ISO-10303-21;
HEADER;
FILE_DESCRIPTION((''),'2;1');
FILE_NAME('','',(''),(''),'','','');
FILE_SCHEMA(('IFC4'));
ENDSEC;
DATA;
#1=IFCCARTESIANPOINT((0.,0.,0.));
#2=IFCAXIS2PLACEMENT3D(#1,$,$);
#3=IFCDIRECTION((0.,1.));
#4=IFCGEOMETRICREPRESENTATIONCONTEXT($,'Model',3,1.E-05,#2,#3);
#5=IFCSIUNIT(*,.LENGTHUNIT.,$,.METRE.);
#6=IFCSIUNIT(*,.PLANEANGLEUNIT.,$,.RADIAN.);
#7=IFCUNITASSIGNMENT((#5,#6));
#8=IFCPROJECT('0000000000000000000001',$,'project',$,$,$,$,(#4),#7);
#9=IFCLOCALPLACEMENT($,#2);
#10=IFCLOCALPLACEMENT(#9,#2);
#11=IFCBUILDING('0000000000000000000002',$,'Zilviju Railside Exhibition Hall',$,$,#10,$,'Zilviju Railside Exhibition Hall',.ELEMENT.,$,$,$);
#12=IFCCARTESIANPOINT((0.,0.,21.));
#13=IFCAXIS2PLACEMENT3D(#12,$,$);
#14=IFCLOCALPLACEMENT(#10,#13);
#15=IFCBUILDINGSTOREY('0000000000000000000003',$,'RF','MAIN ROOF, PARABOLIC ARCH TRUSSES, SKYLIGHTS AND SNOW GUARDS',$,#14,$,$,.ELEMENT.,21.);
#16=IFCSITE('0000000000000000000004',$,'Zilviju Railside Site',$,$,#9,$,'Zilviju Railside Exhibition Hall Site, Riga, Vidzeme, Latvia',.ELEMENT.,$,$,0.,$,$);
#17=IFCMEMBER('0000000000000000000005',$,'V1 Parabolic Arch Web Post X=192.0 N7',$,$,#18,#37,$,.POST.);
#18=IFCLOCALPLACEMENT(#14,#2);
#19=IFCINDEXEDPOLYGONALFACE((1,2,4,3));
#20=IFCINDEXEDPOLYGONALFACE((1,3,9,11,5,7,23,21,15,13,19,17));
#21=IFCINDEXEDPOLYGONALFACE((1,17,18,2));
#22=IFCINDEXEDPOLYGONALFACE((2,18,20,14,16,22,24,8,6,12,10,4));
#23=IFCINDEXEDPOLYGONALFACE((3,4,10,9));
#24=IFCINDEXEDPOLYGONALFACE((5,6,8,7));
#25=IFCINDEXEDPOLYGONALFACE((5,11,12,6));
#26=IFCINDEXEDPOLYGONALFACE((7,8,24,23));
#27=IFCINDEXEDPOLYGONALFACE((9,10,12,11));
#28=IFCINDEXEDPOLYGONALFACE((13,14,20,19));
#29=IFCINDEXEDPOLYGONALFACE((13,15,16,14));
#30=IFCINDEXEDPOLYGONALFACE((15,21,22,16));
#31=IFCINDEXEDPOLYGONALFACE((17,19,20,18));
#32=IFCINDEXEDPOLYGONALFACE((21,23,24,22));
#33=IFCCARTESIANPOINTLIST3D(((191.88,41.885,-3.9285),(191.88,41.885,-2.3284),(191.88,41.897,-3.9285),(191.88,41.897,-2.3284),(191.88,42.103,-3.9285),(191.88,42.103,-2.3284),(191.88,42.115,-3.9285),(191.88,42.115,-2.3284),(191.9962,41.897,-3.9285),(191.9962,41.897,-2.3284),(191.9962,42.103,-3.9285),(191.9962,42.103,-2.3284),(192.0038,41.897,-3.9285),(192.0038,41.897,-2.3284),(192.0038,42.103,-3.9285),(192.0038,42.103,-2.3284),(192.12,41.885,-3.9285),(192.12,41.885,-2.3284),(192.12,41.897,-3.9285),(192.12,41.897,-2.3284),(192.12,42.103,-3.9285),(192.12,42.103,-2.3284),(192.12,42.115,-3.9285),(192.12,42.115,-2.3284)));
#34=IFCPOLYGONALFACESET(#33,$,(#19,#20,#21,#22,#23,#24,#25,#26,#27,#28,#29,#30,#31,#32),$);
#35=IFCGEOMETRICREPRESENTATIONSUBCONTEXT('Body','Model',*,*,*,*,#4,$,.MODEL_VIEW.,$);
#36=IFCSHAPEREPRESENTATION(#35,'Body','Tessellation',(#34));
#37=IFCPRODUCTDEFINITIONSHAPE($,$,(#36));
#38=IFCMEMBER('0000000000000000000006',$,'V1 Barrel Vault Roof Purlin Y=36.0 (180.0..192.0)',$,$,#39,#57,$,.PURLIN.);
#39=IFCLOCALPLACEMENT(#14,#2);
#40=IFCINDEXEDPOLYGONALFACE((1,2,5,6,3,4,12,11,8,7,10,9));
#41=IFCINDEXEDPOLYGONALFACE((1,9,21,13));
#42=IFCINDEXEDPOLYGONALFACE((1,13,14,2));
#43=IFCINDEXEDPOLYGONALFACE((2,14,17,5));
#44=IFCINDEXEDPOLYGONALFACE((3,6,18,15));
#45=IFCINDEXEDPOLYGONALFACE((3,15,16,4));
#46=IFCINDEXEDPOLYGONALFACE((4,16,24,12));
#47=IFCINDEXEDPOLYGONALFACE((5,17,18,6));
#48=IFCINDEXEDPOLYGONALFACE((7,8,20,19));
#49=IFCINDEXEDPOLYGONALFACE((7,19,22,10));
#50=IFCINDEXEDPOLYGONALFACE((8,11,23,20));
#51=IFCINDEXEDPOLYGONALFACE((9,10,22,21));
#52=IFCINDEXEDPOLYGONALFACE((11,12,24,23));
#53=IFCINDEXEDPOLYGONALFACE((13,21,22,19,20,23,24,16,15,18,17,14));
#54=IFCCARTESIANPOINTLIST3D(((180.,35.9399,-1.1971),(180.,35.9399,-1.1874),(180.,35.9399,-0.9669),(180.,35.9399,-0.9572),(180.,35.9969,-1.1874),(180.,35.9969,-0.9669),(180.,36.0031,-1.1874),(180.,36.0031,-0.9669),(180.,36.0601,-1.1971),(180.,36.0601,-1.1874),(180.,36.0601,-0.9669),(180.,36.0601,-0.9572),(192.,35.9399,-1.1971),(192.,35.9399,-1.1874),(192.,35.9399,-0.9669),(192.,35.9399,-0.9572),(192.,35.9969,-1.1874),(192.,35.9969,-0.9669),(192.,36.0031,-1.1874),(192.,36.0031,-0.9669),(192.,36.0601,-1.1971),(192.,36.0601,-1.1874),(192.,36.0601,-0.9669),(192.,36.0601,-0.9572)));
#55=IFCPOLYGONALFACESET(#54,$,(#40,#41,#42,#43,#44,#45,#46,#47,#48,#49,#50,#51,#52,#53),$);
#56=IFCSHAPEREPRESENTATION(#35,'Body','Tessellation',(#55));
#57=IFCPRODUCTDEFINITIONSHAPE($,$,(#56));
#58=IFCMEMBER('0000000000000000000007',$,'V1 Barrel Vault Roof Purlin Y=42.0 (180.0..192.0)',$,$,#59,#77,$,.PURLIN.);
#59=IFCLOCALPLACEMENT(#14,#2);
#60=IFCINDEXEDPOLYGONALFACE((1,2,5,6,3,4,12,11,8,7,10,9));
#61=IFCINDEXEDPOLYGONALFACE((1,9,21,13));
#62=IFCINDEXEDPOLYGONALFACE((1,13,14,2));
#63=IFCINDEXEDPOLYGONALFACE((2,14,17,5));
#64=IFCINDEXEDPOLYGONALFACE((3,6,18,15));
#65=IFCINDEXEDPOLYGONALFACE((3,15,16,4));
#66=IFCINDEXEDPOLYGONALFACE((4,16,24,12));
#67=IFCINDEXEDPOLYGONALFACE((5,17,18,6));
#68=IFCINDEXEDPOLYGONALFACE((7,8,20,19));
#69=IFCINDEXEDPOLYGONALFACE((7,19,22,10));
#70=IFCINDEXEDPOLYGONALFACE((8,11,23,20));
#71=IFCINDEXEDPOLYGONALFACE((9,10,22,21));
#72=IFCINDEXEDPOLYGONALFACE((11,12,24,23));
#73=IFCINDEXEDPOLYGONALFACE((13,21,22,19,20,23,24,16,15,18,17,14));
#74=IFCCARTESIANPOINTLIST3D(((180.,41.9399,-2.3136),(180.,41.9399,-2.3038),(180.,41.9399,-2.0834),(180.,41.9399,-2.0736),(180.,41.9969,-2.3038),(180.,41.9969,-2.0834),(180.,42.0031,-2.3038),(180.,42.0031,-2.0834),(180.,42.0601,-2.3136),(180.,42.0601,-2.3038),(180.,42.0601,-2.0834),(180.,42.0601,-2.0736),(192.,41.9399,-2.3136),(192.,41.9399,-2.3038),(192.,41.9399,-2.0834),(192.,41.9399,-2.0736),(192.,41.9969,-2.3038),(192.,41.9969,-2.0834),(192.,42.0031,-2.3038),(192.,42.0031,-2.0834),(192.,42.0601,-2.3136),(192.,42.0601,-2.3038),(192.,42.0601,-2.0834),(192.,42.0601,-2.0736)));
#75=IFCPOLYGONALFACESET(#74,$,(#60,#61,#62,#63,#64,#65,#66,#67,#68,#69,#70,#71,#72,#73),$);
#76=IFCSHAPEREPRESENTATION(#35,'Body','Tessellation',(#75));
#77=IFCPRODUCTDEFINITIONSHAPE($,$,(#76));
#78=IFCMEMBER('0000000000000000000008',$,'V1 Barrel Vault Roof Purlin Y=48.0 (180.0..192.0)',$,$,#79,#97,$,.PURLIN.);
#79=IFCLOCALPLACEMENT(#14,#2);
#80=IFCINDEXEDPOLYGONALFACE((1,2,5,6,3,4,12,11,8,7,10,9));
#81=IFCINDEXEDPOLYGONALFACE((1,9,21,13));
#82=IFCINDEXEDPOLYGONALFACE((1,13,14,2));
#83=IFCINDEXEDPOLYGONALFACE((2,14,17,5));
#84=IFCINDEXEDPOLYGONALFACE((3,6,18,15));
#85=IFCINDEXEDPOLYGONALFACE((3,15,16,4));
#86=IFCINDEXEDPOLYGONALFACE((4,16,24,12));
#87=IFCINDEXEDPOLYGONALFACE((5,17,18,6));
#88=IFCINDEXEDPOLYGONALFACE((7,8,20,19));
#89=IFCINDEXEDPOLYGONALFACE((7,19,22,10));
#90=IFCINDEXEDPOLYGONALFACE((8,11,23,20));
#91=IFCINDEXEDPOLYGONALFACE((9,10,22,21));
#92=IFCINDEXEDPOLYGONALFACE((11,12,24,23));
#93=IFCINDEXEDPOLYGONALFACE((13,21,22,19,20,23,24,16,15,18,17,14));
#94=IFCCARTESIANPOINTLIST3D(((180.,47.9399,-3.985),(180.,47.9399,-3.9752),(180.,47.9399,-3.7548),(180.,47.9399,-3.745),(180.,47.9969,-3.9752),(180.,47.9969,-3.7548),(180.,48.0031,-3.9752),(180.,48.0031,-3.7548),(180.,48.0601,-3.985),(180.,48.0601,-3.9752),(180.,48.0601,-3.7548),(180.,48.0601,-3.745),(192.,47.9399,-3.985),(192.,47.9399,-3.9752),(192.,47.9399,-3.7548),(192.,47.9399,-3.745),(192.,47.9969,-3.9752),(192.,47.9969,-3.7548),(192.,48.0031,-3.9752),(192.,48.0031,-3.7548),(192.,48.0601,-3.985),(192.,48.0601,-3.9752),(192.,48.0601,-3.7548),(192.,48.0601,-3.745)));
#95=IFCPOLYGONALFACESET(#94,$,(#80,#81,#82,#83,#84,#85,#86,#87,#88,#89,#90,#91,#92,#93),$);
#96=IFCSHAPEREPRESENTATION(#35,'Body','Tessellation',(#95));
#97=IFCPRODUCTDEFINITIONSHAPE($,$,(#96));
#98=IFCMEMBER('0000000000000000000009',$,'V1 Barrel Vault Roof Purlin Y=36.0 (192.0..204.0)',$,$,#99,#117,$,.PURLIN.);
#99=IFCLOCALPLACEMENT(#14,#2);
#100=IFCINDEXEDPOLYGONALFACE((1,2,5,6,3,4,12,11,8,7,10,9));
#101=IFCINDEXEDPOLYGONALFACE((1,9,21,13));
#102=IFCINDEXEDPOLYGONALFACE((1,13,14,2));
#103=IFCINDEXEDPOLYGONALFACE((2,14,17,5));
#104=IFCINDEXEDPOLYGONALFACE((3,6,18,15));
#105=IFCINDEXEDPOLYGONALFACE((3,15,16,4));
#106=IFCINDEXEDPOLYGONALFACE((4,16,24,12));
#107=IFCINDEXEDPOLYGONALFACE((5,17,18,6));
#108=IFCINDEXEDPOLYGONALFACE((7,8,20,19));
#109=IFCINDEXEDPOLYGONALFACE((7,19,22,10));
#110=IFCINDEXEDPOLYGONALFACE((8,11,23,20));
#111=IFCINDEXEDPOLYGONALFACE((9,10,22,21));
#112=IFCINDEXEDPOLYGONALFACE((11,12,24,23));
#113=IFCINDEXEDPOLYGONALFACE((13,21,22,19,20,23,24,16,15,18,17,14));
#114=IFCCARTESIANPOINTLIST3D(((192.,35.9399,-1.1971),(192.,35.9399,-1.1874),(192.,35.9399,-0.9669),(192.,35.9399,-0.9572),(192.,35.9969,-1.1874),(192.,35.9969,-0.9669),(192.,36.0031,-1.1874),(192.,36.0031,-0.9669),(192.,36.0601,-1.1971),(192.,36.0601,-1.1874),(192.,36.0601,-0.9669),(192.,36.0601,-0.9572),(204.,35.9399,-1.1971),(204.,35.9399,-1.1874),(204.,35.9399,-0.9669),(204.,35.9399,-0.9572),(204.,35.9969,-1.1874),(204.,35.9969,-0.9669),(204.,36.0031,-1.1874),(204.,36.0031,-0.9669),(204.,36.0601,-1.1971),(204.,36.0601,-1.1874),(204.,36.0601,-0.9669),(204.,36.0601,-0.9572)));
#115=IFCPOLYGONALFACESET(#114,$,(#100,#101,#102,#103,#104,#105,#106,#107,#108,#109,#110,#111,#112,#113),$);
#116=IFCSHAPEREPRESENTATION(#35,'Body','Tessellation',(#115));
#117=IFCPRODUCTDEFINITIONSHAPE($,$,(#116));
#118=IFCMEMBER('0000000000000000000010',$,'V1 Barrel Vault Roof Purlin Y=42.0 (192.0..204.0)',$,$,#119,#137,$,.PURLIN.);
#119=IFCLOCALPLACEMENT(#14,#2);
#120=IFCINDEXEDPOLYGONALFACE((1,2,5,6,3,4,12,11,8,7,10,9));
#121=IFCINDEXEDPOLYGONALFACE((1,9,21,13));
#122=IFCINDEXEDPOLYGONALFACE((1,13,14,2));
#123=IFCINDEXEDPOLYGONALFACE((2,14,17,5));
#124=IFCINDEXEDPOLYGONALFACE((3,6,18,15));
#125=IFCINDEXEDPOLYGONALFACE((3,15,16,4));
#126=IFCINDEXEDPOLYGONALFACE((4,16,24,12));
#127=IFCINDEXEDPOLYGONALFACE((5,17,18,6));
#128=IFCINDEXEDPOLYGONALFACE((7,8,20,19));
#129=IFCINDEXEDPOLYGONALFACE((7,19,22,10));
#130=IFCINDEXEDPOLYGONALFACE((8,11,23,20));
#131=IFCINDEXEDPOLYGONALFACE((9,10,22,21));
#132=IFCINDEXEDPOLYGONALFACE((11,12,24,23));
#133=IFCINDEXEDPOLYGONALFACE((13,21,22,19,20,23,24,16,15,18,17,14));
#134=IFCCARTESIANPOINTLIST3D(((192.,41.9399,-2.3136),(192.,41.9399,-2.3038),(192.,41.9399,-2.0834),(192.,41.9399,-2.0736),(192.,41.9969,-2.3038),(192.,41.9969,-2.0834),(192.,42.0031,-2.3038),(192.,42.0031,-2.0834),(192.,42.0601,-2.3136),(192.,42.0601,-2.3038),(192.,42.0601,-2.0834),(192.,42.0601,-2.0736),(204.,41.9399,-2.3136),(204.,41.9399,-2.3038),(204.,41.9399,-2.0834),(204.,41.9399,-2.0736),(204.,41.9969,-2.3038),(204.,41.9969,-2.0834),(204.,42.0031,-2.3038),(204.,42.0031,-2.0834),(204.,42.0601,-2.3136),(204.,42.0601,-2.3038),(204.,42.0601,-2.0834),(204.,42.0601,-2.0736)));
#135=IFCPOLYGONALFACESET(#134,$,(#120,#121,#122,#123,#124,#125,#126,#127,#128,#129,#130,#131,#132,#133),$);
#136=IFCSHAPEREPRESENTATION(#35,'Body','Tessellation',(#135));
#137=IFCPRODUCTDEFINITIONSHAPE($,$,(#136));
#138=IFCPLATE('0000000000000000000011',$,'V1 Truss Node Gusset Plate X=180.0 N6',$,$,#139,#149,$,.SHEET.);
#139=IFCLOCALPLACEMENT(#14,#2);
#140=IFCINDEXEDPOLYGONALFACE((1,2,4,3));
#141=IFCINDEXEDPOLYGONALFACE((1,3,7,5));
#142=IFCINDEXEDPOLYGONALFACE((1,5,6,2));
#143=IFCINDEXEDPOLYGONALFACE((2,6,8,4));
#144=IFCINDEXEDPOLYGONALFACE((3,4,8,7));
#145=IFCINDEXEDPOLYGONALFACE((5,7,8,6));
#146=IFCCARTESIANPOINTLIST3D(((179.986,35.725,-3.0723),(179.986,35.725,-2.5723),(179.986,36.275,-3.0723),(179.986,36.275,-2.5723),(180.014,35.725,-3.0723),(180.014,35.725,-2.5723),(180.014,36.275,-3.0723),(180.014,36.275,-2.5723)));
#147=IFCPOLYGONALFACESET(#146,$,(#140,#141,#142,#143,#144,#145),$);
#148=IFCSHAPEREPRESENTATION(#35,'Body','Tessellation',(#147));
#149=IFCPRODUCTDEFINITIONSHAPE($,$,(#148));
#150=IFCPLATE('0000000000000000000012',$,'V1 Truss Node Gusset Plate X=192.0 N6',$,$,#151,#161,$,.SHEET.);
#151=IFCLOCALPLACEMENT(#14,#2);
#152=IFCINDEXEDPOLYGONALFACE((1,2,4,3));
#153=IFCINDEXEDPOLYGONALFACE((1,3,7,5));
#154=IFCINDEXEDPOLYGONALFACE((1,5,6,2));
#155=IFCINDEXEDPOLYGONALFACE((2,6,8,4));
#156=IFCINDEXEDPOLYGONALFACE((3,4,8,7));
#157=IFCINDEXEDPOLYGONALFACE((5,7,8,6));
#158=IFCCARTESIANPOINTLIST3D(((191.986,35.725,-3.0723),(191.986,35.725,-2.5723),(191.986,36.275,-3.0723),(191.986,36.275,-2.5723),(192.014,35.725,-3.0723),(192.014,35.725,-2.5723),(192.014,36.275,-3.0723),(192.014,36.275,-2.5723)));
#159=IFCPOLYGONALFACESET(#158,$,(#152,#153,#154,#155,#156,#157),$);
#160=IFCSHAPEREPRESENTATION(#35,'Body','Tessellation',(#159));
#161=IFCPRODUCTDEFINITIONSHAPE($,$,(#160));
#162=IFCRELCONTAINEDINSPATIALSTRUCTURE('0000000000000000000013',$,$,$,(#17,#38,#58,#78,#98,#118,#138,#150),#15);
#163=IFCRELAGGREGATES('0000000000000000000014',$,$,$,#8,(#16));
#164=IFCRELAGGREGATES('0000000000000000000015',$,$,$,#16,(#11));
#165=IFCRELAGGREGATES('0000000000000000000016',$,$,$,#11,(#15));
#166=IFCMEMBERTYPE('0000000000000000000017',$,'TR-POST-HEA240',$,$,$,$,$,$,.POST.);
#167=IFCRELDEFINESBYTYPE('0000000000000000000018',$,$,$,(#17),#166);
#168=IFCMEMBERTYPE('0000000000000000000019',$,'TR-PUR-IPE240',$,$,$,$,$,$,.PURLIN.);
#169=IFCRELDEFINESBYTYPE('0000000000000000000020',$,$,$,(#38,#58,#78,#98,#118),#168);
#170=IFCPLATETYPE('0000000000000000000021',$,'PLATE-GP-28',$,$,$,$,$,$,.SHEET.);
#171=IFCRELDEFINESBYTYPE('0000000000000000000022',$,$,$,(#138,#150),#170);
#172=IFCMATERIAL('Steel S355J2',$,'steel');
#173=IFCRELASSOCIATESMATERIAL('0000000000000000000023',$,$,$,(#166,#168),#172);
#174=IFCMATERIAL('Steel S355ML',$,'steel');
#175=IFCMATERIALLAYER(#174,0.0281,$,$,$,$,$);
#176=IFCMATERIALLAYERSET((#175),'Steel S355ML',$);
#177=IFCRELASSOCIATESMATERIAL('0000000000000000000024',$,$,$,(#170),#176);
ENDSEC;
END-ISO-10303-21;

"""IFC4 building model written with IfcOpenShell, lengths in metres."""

from ifc_helpers import new_model, si_unit, direction, frame, origin, origin_2d, place, context, subcontext, project, spatial, rectangle, i_section, extrude, material, layer, layer_set, material_profile, profile_set, type_object, element, save


model = new_model("IFC4")

# Units and contexts
model_context = context("Model", 3, precision=1e-05, world=origin(), true_north=direction((0.0, 1.0)))
body_context = subcontext(model_context, "Body", "Model", "MODEL_VIEW")
ifc_project = project(units=[si_unit("LENGTHUNIT", "METRE"), si_unit("PLANEANGLEUNIT", "RADIAN")], contexts=[model_context])

# Site, building, storey
site_placement = place(None, origin())
site = spatial("IfcSite", under=ifc_project, at=site_placement, Name="Zilviju Railside Site", LongName="Zilviju Railside Exhibition Hall Site, Riga, Vidzeme, Latvia", CompositionType="ELEMENT", RefElevation=0.0)
building_placement = place(site_placement, origin())
building = spatial("IfcBuilding", under=site, at=building_placement, Name="Zilviju Railside Exhibition Hall", LongName="Zilviju Railside Exhibition Hall", CompositionType="ELEMENT")
storey_placement = place(building_placement, frame((0.0, 0.0, 21.0)))
storey = spatial("IfcBuildingStorey", under=building, at=storey_placement, Name="RF", Description="MAIN ROOF, PARABOLIC ARCH TRUSSES, SKYLIGHTS AND SNOW GUARDS", CompositionType="ELEMENT", Elevation=21.0)

# Members
ifc_material_1 = material(Name="Steel S355J2", Category="steel")
ifc_material_profile_1 = material_profile(ifc_material_1, i_section(OverallWidth=0.24, OverallDepth=0.23, WebThickness=0.0076, FlangeThickness=0.012, at=origin_2d()), Name="HEA 240")
ifc_profile_set_1 = profile_set([ifc_material_profile_1], Name="Steel S355J2")
member_type_1 = type_object("IfcMemberType", Name="TR-POST-HEA240", PredefinedType="POST", material=ifc_profile_set_1)
for number, where, z_axis, x_axis, name in (
    (1, (192.0, 42.0, -3.9285), (0.0, 0.0, 1.0), (1.0, 0.0, 0.0), "V1 Parabolic Arch Web Post X=192.0 N7"),
):
    element("IfcMember", number, at=place(storey_placement, frame(where, z_axis=z_axis, x_axis=x_axis)), inside=storey, type_object=member_type_1, Name=name, PredefinedType="POST", context=body_context, shape_type="SweptSolid", body=[
        extrude(i_section(OverallWidth=0.24, OverallDepth=0.23, WebThickness=0.0076, FlangeThickness=0.012, at=origin_2d()), origin(), (0.0, 0.0, 1.0), 1.6001),
    ])
ifc_material_profile_2 = material_profile(ifc_material_1, i_section(OverallWidth=0.1201, OverallDepth=0.24, WebThickness=0.0061, FlangeThickness=0.0098, at=origin_2d()), Name="IPE 240")
ifc_profile_set_2 = profile_set([ifc_material_profile_2], Name="Steel S355J2")
member_type_2 = type_object("IfcMemberType", Name="TR-PUR-IPE240", PredefinedType="PURLIN", material=ifc_profile_set_2)
for number, where, z_axis, x_axis, name in (
    (2, (180.0, 36.0, -1.0771), (1.0, 0.0, 0.0), (0.0, 1.0, 0.0), "V1 Barrel Vault Roof Purlin Y=36.0 (180.0..192.0)"),
    (3, (180.0, 42.0, -2.1936), (1.0, 0.0, 0.0), (0.0, 1.0, 0.0), "V1 Barrel Vault Roof Purlin Y=42.0 (180.0..192.0)"),
    (4, (180.0, 48.0, -3.865), (1.0, 0.0, 0.0), (0.0, 1.0, 0.0), "V1 Barrel Vault Roof Purlin Y=48.0 (180.0..192.0)"),
    (5, (192.0, 36.0, -1.0771), (1.0, 0.0, 0.0), (0.0, 1.0, 0.0), "V1 Barrel Vault Roof Purlin Y=36.0 (192.0..204.0)"),
    (6, (192.0, 42.0, -2.1936), (1.0, 0.0, 0.0), (0.0, 1.0, 0.0), "V1 Barrel Vault Roof Purlin Y=42.0 (192.0..204.0)"),
):
    element("IfcMember", number, at=place(storey_placement, frame(where, z_axis=z_axis, x_axis=x_axis)), inside=storey, type_object=member_type_2, Name=name, PredefinedType="PURLIN", context=body_context, shape_type="SweptSolid", body=[
        extrude(i_section(OverallWidth=0.1201, OverallDepth=0.24, WebThickness=0.0061, FlangeThickness=0.0098, at=origin_2d()), origin(), (0.0, 0.0, 1.0), 12.0),
    ])

# Plates
ifc_material_2 = material(Name="Steel S355ML", Category="steel")
ifc_layer = layer(ifc_material_2, 0.0281)
ifc_layer_set = layer_set([ifc_layer], Name="Steel S355ML")
plate_type = type_object("IfcPlateType", Name="PLATE-GP-28", PredefinedType="SHEET", material=ifc_layer_set)
for number, where, z_axis, x_axis, name in (
    (7, (180.0, 36.0, -3.0723), (0.0, 0.0, 1.0), (1.0, 0.0, 0.0), "V1 Truss Node Gusset Plate X=180.0 N6"),
    (8, (192.0, 36.0, -3.0723), (0.0, 0.0, 1.0), (1.0, 0.0, 0.0), "V1 Truss Node Gusset Plate X=192.0 N6"),
):
    element("IfcPlate", number, at=place(storey_placement, frame(where, z_axis=z_axis, x_axis=x_axis)), inside=storey, type_object=plate_type, Name=name, PredefinedType="SHEET", context=body_context, shape_type="SweptSolid", body=[
        extrude(rectangle(XDim=0.0281, YDim=0.55, at=origin_2d()), origin(), (0.0, 0.0, 1.0), 0.5),
    ])

save(model, "model.ifc")
